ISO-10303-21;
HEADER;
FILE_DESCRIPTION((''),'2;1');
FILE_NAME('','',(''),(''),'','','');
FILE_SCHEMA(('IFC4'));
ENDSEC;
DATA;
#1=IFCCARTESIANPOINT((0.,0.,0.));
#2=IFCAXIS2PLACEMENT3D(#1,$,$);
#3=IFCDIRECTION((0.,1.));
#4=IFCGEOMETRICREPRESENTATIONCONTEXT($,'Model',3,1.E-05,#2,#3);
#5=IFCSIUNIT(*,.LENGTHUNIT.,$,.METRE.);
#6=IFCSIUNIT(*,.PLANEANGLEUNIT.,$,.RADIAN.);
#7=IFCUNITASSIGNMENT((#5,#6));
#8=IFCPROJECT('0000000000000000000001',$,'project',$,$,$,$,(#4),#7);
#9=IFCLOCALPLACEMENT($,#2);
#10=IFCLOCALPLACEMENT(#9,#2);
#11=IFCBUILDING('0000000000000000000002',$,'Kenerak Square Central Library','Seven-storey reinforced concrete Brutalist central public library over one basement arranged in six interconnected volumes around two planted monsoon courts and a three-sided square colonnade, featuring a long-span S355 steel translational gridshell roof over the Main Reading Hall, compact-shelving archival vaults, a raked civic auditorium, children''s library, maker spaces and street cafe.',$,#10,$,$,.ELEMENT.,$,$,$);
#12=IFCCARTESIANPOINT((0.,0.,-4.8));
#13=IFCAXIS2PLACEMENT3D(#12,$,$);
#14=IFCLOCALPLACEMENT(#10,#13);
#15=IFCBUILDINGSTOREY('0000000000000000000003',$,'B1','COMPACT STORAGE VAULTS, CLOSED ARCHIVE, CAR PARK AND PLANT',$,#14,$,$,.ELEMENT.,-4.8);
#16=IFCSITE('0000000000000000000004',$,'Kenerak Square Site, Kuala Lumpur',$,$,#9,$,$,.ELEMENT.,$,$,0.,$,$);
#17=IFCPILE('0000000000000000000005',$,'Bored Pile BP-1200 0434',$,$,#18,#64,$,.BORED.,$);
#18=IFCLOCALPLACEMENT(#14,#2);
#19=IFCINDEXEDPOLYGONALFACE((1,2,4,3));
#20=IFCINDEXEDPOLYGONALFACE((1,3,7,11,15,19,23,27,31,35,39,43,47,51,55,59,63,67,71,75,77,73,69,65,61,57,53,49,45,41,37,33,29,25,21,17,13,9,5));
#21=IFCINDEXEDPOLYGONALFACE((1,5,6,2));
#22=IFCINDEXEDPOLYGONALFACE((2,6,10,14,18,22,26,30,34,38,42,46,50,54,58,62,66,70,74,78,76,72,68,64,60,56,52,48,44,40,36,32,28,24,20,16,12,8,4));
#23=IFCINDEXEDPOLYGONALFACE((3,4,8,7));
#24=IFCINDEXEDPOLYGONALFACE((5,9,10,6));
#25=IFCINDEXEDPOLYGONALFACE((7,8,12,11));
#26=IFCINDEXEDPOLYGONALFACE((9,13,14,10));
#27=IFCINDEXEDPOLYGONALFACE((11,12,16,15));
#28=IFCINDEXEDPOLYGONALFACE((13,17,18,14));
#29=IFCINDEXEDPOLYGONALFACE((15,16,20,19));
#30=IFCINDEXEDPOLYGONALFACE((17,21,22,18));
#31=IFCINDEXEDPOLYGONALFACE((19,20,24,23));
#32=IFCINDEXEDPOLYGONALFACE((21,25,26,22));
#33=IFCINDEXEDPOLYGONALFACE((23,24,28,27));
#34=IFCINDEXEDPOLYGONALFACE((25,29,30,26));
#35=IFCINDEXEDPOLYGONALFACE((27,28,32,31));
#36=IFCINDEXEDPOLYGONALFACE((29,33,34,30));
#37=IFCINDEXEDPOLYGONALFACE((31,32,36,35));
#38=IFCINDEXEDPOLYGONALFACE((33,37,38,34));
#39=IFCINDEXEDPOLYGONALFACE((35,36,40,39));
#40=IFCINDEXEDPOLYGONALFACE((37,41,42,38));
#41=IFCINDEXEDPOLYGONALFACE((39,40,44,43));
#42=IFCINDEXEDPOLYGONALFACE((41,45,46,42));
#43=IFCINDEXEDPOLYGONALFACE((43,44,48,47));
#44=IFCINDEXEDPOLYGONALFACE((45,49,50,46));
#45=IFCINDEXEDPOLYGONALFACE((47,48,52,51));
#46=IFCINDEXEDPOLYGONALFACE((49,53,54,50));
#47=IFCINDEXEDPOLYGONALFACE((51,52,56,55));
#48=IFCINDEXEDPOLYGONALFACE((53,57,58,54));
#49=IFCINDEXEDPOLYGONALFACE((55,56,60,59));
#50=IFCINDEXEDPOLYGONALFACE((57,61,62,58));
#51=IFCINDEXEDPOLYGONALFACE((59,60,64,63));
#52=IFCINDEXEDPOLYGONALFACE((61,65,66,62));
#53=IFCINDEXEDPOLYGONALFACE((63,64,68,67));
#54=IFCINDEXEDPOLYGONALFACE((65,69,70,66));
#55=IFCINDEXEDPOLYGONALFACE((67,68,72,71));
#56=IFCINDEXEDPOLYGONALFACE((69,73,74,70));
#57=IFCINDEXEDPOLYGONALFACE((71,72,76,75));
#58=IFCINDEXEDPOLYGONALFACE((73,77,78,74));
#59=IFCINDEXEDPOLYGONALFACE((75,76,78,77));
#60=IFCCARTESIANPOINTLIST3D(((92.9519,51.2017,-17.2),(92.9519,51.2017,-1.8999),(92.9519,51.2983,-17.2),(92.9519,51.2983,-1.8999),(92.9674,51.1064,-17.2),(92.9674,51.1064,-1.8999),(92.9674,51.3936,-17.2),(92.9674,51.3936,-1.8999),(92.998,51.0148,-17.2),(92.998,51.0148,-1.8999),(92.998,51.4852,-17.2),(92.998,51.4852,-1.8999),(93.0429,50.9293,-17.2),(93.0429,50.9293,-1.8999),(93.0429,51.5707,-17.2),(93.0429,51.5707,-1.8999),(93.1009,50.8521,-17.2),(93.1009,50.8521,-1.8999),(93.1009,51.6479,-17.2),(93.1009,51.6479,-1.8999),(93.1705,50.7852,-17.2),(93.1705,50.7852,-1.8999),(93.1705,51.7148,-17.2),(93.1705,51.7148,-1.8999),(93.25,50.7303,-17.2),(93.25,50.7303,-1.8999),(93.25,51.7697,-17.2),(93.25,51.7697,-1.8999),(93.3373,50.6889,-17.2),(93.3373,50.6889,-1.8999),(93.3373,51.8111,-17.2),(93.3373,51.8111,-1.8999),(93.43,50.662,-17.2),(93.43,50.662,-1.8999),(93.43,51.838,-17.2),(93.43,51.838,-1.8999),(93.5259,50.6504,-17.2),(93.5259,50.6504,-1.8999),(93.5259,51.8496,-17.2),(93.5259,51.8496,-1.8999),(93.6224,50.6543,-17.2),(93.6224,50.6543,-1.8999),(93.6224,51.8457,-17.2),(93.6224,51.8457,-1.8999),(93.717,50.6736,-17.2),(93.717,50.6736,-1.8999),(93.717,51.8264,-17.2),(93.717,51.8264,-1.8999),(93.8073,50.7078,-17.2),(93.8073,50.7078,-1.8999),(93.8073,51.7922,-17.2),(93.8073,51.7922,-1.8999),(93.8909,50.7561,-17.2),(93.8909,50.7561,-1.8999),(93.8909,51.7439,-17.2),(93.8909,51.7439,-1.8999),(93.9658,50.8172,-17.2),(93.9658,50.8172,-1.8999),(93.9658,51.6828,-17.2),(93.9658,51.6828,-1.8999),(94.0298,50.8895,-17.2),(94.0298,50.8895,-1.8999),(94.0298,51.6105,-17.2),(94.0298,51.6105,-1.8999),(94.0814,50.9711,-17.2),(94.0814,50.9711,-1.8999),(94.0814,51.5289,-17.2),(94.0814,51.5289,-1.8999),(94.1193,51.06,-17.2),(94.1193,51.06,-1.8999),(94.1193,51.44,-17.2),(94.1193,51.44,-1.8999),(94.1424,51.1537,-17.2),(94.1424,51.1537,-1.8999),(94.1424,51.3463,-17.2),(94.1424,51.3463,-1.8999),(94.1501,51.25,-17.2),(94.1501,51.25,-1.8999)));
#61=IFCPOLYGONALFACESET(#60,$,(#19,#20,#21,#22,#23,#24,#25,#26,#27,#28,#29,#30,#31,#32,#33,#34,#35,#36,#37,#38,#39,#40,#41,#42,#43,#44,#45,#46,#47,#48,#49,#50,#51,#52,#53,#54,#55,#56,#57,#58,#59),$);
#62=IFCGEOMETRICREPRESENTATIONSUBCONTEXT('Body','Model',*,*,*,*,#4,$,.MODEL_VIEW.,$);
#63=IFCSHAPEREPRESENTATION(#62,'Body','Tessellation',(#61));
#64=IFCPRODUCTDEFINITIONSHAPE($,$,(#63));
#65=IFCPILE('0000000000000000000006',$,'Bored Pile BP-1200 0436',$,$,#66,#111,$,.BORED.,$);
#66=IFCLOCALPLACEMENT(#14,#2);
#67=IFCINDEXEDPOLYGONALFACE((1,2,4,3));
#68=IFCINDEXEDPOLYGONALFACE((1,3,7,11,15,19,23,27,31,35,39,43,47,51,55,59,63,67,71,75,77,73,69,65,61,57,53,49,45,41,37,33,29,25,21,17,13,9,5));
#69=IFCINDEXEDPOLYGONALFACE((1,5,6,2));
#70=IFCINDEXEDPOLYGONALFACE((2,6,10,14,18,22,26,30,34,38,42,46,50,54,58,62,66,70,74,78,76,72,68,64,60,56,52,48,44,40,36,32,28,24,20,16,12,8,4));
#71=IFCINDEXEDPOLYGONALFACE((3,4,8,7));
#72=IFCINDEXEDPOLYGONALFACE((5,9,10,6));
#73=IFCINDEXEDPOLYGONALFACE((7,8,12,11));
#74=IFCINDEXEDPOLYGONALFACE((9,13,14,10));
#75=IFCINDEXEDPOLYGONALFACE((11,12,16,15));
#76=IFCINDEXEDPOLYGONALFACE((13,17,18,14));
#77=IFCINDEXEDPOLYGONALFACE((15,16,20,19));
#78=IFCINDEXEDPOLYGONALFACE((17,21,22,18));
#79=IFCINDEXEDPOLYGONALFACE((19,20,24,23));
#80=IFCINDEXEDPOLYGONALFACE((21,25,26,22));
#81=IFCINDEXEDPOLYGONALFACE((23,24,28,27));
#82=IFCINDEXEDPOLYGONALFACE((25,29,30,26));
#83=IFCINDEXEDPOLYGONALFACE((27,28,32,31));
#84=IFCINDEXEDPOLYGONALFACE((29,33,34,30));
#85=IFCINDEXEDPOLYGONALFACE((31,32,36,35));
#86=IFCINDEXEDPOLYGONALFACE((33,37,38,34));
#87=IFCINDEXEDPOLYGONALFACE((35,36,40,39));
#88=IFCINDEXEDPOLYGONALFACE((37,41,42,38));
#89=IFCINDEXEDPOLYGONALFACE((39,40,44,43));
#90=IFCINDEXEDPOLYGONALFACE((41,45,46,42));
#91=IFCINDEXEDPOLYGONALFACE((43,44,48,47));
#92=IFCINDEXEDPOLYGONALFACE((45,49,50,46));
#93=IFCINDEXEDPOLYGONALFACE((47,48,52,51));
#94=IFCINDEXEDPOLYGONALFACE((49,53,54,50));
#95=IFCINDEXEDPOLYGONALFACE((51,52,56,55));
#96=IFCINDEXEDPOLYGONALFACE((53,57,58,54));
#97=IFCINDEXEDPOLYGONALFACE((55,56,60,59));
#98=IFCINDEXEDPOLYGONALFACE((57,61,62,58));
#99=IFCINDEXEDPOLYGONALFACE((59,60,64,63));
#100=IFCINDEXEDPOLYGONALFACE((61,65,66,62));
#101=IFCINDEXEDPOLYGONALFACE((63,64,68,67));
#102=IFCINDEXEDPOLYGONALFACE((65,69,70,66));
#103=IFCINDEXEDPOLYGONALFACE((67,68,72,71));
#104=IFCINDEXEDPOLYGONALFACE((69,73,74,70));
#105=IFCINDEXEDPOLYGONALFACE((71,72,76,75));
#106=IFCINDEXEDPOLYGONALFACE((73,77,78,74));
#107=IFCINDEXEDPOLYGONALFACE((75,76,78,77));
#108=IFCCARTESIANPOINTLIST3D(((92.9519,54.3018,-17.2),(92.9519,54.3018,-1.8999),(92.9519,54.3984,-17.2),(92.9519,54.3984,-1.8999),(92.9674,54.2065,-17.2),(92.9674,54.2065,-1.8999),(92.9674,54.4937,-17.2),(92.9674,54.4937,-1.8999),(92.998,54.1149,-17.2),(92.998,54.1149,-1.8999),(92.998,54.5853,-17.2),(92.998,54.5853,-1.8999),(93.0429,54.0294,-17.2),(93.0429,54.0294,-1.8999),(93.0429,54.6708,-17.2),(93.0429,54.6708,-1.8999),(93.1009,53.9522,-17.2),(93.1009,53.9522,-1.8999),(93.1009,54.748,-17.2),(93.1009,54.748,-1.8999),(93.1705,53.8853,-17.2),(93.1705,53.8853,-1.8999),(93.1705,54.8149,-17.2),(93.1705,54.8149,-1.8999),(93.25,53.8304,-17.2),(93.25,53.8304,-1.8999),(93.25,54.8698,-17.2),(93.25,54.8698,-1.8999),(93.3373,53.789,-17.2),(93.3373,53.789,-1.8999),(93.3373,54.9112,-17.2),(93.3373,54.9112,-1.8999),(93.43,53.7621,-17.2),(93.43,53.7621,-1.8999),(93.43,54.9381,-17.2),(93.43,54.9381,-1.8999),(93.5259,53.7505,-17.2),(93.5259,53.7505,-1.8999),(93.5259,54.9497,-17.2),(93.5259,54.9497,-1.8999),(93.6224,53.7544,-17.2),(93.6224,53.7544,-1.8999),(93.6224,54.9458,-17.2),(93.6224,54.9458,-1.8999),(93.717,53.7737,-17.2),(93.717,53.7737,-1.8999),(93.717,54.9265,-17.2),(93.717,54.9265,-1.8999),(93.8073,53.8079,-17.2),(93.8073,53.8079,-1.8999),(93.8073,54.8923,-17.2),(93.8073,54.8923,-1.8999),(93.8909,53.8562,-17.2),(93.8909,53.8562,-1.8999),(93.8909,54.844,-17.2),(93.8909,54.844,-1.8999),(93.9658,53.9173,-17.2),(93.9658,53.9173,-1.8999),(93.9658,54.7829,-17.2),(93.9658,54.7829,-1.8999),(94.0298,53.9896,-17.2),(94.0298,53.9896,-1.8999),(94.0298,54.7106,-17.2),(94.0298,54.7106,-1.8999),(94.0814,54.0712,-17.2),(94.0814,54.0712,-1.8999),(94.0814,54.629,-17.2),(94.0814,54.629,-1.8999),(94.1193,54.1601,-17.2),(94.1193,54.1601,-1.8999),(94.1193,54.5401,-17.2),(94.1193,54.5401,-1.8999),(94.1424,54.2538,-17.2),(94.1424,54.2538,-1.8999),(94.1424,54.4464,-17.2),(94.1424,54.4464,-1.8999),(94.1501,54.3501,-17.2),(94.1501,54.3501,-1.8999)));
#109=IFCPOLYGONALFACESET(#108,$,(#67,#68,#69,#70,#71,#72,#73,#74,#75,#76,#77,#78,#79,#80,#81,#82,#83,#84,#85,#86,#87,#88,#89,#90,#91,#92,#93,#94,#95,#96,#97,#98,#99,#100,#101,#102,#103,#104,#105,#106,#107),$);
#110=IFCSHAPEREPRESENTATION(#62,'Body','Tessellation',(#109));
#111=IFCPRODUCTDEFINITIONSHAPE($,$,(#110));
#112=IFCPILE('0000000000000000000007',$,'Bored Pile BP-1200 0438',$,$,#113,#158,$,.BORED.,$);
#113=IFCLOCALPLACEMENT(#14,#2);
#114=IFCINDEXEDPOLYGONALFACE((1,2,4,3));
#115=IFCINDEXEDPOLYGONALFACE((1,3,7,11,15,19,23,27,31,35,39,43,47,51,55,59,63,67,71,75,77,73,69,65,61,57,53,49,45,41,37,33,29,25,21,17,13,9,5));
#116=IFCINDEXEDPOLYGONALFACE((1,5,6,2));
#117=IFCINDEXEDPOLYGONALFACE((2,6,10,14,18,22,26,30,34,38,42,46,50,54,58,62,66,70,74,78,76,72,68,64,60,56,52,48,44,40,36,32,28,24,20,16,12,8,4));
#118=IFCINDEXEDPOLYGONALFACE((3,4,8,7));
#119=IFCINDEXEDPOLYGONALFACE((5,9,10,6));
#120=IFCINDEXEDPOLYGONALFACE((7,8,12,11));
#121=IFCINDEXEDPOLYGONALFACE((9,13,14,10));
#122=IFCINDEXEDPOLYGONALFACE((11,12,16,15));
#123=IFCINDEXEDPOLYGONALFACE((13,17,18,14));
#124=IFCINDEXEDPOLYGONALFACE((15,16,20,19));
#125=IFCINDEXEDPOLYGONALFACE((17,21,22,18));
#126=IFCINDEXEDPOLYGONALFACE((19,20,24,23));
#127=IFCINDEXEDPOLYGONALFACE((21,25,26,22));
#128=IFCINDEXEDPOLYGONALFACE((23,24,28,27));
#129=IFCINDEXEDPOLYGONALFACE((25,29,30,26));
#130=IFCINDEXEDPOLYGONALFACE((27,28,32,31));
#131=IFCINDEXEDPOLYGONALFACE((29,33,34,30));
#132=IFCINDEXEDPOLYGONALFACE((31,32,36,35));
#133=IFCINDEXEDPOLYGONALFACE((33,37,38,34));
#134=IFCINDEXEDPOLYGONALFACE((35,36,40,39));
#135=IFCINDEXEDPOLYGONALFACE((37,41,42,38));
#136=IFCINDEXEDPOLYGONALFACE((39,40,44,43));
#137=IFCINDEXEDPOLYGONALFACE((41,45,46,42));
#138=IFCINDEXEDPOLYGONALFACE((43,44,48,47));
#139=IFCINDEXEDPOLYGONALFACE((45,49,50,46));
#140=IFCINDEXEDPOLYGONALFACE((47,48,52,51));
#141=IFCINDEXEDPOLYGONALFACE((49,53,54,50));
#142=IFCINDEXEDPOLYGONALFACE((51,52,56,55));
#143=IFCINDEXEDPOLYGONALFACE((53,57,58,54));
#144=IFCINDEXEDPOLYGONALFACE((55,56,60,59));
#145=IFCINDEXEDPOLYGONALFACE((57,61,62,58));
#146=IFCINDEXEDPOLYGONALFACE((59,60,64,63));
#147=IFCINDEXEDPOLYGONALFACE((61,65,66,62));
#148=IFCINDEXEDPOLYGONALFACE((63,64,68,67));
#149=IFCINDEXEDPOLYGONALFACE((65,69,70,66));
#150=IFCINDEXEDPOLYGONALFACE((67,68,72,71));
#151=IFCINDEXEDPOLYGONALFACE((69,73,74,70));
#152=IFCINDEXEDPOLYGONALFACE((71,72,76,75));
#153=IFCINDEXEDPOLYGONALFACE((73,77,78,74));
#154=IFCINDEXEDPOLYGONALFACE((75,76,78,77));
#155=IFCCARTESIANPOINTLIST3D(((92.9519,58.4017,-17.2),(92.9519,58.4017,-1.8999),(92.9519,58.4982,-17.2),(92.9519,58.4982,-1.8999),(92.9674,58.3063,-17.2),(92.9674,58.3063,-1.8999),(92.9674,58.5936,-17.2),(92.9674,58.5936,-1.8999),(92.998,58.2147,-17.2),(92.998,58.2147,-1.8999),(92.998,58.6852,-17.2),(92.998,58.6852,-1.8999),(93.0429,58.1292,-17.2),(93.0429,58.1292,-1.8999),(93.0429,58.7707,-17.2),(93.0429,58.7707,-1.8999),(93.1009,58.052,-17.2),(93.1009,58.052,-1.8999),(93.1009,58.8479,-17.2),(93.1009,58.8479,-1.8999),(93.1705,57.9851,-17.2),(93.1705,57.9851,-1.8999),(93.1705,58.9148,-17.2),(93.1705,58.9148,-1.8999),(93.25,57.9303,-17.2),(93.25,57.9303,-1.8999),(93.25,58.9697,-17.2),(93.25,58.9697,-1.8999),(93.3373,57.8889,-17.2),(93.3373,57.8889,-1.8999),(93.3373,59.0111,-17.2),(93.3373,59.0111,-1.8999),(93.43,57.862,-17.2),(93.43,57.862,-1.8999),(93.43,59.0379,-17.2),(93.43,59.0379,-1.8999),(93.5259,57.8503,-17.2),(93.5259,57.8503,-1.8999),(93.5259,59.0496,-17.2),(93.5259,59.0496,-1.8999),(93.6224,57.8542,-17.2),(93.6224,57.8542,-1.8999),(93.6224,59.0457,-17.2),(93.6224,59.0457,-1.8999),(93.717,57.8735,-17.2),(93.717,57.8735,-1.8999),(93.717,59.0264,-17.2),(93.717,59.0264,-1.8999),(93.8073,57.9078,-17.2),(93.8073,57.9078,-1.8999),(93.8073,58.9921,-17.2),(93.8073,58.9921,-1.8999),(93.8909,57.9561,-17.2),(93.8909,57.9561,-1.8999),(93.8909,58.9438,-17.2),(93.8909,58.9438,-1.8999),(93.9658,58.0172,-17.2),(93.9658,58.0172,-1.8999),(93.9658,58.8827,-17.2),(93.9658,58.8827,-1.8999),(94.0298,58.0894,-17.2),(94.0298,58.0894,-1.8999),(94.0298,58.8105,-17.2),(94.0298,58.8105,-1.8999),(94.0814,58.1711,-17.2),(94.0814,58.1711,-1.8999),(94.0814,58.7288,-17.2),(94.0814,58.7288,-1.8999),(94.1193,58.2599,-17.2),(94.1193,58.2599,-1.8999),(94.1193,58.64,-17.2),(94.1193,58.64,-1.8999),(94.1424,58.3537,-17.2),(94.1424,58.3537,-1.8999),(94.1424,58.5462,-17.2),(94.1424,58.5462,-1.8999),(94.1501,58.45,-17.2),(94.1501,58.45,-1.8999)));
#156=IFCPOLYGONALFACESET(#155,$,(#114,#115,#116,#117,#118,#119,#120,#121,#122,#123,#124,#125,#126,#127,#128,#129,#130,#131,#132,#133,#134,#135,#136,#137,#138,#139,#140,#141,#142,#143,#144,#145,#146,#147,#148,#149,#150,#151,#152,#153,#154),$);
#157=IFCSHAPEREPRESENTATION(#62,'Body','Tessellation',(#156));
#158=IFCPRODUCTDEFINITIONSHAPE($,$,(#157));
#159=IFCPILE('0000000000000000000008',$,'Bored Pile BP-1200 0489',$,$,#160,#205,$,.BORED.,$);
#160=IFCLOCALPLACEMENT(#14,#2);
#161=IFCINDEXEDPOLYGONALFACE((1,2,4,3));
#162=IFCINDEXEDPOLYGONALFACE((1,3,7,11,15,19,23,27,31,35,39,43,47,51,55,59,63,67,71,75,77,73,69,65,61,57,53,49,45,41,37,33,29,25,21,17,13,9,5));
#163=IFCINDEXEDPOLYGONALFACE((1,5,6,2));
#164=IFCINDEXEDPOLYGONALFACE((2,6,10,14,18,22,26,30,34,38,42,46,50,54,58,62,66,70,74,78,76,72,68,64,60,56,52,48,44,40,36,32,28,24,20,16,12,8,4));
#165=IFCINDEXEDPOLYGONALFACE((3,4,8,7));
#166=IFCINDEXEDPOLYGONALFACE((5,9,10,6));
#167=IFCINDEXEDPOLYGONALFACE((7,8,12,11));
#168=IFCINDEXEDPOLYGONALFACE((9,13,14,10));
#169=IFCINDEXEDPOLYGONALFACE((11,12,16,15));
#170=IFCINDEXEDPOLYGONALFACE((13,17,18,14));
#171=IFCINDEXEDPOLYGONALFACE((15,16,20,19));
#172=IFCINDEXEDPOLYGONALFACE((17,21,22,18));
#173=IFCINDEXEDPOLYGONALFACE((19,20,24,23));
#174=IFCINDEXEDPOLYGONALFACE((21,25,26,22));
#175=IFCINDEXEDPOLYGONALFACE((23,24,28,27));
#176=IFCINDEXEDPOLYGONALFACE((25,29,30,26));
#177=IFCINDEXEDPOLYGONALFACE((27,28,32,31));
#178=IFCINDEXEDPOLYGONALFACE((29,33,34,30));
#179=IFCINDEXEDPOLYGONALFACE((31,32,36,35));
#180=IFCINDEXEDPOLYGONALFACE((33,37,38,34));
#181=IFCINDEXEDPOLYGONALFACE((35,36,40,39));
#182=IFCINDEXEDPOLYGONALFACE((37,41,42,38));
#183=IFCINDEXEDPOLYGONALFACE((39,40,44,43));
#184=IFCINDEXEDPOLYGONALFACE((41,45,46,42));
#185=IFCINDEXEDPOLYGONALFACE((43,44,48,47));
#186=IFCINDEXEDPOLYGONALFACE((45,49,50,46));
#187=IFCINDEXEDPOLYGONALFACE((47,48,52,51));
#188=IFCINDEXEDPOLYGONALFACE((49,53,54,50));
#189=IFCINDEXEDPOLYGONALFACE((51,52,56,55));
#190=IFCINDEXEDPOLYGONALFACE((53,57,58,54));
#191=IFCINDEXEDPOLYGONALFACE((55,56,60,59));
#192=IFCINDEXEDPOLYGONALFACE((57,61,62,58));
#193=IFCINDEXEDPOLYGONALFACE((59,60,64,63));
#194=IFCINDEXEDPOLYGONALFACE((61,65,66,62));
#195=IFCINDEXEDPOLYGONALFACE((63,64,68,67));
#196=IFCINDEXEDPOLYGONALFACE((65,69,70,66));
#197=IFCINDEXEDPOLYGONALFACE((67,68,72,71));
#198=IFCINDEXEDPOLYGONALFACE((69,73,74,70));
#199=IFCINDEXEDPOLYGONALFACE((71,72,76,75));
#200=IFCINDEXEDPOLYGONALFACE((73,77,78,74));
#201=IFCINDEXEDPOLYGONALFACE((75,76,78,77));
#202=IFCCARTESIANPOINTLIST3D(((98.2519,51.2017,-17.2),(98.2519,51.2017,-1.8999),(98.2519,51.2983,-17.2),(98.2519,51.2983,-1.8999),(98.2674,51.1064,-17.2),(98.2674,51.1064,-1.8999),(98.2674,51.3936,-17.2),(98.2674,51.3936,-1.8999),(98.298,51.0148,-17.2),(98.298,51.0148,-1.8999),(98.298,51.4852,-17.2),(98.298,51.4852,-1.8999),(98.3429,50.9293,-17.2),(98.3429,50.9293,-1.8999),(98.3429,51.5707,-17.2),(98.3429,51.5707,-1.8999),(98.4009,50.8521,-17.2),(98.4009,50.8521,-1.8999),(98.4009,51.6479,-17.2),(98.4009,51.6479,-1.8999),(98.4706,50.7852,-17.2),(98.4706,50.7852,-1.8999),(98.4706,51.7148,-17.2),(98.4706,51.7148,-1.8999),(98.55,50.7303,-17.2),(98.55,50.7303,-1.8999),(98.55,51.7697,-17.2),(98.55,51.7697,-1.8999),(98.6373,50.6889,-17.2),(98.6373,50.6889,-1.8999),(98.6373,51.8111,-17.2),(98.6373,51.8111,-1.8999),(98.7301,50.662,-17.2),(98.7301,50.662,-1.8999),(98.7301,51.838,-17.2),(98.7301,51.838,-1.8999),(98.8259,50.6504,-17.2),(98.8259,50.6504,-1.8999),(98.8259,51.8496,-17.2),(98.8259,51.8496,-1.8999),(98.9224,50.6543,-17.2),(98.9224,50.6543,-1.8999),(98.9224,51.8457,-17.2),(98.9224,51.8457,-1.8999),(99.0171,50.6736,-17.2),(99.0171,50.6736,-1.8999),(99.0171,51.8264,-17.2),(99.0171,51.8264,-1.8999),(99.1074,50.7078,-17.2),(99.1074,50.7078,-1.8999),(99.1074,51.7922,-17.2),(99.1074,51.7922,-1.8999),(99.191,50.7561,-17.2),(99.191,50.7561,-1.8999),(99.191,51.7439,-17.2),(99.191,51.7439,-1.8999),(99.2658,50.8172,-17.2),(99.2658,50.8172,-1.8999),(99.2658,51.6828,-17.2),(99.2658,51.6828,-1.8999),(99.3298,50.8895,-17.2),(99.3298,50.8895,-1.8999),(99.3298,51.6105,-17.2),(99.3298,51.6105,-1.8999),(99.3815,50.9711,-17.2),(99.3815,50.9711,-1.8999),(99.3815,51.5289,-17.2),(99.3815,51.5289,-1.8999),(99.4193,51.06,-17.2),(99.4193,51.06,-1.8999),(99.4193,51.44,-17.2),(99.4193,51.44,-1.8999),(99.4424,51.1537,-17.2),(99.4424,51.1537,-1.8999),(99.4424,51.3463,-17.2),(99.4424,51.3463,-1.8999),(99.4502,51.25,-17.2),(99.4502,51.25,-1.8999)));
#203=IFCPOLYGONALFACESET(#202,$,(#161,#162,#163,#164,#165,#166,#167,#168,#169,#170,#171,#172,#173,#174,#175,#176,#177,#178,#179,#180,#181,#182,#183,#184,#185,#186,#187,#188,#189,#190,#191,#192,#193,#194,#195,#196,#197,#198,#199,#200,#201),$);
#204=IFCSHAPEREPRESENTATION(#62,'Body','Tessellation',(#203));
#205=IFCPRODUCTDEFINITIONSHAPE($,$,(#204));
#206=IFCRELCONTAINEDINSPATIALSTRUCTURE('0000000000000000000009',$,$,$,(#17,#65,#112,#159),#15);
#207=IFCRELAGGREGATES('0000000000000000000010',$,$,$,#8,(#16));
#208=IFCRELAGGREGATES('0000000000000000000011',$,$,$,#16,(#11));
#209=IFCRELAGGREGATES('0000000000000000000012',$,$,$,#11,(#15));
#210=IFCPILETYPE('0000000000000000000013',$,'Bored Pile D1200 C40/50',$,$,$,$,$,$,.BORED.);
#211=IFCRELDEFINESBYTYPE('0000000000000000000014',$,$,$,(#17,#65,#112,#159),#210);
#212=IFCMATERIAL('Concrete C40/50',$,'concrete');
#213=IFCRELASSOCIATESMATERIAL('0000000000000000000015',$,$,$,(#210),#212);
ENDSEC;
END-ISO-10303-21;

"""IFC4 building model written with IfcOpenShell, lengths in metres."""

from ifc_helpers import new_model, si_unit, direction, frame, origin, origin_2d, place, context, subcontext, project, spatial, circle, extrude, material, material_profile, profile_set, type_object, element, save


model = new_model("IFC4")

# Units and contexts
model_context = context("Model", 3, precision=1e-05, world=origin(), true_north=direction((0.0, 1.0)))
body_context = subcontext(model_context, "Body", "Model", "MODEL_VIEW")
ifc_project = project(units=[si_unit("LENGTHUNIT", "METRE"), si_unit("PLANEANGLEUNIT", "RADIAN")], contexts=[model_context])

# Site, building, storey
site_placement = place(None, origin())
site = spatial("IfcSite", under=ifc_project, at=site_placement, Name="Kenerak Square Site, Kuala Lumpur", CompositionType="ELEMENT", RefElevation=0.0)
building_placement = place(site_placement, origin())
building = spatial("IfcBuilding", under=site, at=building_placement, Name="Kenerak Square Central Library", Description="Seven-storey reinforced concrete Brutalist central public library over one basement arranged in six interconnected volumes around two planted monsoon courts and a three-sided square colonnade, featuring a long-span S355 steel translational gridshell roof over the Main Reading Hall, compact-shelving archival vaults, a raked civic auditorium, children's library, maker spaces and street cafe.", CompositionType="ELEMENT")
storey_placement = place(building_placement, frame((0.0, 0.0, -4.8)))
storey = spatial("IfcBuildingStorey", under=building, at=storey_placement, Name="B1", Description="COMPACT STORAGE VAULTS, CLOSED ARCHIVE, CAR PARK AND PLANT", CompositionType="ELEMENT", Elevation=-4.8)

# Piles
ifc_material_1 = material(Name="Concrete C40/50", Category="concrete")
ifc_material_profile_1 = material_profile(ifc_material_1, circle(Radius=0.6001, at=origin_2d()), Name="BP D1200")
ifc_profile_set_1 = profile_set([ifc_material_profile_1], Name="Concrete C40/50")
pile_type_1 = type_object("IfcPileType", Name="Bored Pile D1200 C40/50", PredefinedType="BORED", material=ifc_profile_set_1)
for number, where, z_axis, x_axis, name in (
    (1, (93.55, 51.25, -1.8999), (0.0, 0.0, -1.0), (1.0, 0.0, 0.0), "Bored Pile BP-1200 0434"),
    (2, (93.55, 54.3501, -1.8999), (0.0, 0.0, -1.0), (1.0, 0.0, 0.0), "Bored Pile BP-1200 0436"),
    (3, (93.55, 58.45, -1.8999), (0.0, 0.0, -1.0), (1.0, 0.0, 0.0), "Bored Pile BP-1200 0438"),
    (4, (98.8501, 51.25, -1.8999), (0.0, 0.0, -1.0), (1.0, 0.0, 0.0), "Bored Pile BP-1200 0489"),
):
    element("IfcPile", number, at=place(storey_placement, frame(where, z_axis=z_axis, x_axis=x_axis)), inside=storey, type_object=pile_type_1, Name=name, PredefinedType="BORED", context=body_context, shape_type="SweptSolid", body=[
        extrude(circle(Radius=0.6001, at=origin_2d()), origin(), (0.0, 0.0, 1.0), 15.3),
    ])

save(model, "model.ifc")
